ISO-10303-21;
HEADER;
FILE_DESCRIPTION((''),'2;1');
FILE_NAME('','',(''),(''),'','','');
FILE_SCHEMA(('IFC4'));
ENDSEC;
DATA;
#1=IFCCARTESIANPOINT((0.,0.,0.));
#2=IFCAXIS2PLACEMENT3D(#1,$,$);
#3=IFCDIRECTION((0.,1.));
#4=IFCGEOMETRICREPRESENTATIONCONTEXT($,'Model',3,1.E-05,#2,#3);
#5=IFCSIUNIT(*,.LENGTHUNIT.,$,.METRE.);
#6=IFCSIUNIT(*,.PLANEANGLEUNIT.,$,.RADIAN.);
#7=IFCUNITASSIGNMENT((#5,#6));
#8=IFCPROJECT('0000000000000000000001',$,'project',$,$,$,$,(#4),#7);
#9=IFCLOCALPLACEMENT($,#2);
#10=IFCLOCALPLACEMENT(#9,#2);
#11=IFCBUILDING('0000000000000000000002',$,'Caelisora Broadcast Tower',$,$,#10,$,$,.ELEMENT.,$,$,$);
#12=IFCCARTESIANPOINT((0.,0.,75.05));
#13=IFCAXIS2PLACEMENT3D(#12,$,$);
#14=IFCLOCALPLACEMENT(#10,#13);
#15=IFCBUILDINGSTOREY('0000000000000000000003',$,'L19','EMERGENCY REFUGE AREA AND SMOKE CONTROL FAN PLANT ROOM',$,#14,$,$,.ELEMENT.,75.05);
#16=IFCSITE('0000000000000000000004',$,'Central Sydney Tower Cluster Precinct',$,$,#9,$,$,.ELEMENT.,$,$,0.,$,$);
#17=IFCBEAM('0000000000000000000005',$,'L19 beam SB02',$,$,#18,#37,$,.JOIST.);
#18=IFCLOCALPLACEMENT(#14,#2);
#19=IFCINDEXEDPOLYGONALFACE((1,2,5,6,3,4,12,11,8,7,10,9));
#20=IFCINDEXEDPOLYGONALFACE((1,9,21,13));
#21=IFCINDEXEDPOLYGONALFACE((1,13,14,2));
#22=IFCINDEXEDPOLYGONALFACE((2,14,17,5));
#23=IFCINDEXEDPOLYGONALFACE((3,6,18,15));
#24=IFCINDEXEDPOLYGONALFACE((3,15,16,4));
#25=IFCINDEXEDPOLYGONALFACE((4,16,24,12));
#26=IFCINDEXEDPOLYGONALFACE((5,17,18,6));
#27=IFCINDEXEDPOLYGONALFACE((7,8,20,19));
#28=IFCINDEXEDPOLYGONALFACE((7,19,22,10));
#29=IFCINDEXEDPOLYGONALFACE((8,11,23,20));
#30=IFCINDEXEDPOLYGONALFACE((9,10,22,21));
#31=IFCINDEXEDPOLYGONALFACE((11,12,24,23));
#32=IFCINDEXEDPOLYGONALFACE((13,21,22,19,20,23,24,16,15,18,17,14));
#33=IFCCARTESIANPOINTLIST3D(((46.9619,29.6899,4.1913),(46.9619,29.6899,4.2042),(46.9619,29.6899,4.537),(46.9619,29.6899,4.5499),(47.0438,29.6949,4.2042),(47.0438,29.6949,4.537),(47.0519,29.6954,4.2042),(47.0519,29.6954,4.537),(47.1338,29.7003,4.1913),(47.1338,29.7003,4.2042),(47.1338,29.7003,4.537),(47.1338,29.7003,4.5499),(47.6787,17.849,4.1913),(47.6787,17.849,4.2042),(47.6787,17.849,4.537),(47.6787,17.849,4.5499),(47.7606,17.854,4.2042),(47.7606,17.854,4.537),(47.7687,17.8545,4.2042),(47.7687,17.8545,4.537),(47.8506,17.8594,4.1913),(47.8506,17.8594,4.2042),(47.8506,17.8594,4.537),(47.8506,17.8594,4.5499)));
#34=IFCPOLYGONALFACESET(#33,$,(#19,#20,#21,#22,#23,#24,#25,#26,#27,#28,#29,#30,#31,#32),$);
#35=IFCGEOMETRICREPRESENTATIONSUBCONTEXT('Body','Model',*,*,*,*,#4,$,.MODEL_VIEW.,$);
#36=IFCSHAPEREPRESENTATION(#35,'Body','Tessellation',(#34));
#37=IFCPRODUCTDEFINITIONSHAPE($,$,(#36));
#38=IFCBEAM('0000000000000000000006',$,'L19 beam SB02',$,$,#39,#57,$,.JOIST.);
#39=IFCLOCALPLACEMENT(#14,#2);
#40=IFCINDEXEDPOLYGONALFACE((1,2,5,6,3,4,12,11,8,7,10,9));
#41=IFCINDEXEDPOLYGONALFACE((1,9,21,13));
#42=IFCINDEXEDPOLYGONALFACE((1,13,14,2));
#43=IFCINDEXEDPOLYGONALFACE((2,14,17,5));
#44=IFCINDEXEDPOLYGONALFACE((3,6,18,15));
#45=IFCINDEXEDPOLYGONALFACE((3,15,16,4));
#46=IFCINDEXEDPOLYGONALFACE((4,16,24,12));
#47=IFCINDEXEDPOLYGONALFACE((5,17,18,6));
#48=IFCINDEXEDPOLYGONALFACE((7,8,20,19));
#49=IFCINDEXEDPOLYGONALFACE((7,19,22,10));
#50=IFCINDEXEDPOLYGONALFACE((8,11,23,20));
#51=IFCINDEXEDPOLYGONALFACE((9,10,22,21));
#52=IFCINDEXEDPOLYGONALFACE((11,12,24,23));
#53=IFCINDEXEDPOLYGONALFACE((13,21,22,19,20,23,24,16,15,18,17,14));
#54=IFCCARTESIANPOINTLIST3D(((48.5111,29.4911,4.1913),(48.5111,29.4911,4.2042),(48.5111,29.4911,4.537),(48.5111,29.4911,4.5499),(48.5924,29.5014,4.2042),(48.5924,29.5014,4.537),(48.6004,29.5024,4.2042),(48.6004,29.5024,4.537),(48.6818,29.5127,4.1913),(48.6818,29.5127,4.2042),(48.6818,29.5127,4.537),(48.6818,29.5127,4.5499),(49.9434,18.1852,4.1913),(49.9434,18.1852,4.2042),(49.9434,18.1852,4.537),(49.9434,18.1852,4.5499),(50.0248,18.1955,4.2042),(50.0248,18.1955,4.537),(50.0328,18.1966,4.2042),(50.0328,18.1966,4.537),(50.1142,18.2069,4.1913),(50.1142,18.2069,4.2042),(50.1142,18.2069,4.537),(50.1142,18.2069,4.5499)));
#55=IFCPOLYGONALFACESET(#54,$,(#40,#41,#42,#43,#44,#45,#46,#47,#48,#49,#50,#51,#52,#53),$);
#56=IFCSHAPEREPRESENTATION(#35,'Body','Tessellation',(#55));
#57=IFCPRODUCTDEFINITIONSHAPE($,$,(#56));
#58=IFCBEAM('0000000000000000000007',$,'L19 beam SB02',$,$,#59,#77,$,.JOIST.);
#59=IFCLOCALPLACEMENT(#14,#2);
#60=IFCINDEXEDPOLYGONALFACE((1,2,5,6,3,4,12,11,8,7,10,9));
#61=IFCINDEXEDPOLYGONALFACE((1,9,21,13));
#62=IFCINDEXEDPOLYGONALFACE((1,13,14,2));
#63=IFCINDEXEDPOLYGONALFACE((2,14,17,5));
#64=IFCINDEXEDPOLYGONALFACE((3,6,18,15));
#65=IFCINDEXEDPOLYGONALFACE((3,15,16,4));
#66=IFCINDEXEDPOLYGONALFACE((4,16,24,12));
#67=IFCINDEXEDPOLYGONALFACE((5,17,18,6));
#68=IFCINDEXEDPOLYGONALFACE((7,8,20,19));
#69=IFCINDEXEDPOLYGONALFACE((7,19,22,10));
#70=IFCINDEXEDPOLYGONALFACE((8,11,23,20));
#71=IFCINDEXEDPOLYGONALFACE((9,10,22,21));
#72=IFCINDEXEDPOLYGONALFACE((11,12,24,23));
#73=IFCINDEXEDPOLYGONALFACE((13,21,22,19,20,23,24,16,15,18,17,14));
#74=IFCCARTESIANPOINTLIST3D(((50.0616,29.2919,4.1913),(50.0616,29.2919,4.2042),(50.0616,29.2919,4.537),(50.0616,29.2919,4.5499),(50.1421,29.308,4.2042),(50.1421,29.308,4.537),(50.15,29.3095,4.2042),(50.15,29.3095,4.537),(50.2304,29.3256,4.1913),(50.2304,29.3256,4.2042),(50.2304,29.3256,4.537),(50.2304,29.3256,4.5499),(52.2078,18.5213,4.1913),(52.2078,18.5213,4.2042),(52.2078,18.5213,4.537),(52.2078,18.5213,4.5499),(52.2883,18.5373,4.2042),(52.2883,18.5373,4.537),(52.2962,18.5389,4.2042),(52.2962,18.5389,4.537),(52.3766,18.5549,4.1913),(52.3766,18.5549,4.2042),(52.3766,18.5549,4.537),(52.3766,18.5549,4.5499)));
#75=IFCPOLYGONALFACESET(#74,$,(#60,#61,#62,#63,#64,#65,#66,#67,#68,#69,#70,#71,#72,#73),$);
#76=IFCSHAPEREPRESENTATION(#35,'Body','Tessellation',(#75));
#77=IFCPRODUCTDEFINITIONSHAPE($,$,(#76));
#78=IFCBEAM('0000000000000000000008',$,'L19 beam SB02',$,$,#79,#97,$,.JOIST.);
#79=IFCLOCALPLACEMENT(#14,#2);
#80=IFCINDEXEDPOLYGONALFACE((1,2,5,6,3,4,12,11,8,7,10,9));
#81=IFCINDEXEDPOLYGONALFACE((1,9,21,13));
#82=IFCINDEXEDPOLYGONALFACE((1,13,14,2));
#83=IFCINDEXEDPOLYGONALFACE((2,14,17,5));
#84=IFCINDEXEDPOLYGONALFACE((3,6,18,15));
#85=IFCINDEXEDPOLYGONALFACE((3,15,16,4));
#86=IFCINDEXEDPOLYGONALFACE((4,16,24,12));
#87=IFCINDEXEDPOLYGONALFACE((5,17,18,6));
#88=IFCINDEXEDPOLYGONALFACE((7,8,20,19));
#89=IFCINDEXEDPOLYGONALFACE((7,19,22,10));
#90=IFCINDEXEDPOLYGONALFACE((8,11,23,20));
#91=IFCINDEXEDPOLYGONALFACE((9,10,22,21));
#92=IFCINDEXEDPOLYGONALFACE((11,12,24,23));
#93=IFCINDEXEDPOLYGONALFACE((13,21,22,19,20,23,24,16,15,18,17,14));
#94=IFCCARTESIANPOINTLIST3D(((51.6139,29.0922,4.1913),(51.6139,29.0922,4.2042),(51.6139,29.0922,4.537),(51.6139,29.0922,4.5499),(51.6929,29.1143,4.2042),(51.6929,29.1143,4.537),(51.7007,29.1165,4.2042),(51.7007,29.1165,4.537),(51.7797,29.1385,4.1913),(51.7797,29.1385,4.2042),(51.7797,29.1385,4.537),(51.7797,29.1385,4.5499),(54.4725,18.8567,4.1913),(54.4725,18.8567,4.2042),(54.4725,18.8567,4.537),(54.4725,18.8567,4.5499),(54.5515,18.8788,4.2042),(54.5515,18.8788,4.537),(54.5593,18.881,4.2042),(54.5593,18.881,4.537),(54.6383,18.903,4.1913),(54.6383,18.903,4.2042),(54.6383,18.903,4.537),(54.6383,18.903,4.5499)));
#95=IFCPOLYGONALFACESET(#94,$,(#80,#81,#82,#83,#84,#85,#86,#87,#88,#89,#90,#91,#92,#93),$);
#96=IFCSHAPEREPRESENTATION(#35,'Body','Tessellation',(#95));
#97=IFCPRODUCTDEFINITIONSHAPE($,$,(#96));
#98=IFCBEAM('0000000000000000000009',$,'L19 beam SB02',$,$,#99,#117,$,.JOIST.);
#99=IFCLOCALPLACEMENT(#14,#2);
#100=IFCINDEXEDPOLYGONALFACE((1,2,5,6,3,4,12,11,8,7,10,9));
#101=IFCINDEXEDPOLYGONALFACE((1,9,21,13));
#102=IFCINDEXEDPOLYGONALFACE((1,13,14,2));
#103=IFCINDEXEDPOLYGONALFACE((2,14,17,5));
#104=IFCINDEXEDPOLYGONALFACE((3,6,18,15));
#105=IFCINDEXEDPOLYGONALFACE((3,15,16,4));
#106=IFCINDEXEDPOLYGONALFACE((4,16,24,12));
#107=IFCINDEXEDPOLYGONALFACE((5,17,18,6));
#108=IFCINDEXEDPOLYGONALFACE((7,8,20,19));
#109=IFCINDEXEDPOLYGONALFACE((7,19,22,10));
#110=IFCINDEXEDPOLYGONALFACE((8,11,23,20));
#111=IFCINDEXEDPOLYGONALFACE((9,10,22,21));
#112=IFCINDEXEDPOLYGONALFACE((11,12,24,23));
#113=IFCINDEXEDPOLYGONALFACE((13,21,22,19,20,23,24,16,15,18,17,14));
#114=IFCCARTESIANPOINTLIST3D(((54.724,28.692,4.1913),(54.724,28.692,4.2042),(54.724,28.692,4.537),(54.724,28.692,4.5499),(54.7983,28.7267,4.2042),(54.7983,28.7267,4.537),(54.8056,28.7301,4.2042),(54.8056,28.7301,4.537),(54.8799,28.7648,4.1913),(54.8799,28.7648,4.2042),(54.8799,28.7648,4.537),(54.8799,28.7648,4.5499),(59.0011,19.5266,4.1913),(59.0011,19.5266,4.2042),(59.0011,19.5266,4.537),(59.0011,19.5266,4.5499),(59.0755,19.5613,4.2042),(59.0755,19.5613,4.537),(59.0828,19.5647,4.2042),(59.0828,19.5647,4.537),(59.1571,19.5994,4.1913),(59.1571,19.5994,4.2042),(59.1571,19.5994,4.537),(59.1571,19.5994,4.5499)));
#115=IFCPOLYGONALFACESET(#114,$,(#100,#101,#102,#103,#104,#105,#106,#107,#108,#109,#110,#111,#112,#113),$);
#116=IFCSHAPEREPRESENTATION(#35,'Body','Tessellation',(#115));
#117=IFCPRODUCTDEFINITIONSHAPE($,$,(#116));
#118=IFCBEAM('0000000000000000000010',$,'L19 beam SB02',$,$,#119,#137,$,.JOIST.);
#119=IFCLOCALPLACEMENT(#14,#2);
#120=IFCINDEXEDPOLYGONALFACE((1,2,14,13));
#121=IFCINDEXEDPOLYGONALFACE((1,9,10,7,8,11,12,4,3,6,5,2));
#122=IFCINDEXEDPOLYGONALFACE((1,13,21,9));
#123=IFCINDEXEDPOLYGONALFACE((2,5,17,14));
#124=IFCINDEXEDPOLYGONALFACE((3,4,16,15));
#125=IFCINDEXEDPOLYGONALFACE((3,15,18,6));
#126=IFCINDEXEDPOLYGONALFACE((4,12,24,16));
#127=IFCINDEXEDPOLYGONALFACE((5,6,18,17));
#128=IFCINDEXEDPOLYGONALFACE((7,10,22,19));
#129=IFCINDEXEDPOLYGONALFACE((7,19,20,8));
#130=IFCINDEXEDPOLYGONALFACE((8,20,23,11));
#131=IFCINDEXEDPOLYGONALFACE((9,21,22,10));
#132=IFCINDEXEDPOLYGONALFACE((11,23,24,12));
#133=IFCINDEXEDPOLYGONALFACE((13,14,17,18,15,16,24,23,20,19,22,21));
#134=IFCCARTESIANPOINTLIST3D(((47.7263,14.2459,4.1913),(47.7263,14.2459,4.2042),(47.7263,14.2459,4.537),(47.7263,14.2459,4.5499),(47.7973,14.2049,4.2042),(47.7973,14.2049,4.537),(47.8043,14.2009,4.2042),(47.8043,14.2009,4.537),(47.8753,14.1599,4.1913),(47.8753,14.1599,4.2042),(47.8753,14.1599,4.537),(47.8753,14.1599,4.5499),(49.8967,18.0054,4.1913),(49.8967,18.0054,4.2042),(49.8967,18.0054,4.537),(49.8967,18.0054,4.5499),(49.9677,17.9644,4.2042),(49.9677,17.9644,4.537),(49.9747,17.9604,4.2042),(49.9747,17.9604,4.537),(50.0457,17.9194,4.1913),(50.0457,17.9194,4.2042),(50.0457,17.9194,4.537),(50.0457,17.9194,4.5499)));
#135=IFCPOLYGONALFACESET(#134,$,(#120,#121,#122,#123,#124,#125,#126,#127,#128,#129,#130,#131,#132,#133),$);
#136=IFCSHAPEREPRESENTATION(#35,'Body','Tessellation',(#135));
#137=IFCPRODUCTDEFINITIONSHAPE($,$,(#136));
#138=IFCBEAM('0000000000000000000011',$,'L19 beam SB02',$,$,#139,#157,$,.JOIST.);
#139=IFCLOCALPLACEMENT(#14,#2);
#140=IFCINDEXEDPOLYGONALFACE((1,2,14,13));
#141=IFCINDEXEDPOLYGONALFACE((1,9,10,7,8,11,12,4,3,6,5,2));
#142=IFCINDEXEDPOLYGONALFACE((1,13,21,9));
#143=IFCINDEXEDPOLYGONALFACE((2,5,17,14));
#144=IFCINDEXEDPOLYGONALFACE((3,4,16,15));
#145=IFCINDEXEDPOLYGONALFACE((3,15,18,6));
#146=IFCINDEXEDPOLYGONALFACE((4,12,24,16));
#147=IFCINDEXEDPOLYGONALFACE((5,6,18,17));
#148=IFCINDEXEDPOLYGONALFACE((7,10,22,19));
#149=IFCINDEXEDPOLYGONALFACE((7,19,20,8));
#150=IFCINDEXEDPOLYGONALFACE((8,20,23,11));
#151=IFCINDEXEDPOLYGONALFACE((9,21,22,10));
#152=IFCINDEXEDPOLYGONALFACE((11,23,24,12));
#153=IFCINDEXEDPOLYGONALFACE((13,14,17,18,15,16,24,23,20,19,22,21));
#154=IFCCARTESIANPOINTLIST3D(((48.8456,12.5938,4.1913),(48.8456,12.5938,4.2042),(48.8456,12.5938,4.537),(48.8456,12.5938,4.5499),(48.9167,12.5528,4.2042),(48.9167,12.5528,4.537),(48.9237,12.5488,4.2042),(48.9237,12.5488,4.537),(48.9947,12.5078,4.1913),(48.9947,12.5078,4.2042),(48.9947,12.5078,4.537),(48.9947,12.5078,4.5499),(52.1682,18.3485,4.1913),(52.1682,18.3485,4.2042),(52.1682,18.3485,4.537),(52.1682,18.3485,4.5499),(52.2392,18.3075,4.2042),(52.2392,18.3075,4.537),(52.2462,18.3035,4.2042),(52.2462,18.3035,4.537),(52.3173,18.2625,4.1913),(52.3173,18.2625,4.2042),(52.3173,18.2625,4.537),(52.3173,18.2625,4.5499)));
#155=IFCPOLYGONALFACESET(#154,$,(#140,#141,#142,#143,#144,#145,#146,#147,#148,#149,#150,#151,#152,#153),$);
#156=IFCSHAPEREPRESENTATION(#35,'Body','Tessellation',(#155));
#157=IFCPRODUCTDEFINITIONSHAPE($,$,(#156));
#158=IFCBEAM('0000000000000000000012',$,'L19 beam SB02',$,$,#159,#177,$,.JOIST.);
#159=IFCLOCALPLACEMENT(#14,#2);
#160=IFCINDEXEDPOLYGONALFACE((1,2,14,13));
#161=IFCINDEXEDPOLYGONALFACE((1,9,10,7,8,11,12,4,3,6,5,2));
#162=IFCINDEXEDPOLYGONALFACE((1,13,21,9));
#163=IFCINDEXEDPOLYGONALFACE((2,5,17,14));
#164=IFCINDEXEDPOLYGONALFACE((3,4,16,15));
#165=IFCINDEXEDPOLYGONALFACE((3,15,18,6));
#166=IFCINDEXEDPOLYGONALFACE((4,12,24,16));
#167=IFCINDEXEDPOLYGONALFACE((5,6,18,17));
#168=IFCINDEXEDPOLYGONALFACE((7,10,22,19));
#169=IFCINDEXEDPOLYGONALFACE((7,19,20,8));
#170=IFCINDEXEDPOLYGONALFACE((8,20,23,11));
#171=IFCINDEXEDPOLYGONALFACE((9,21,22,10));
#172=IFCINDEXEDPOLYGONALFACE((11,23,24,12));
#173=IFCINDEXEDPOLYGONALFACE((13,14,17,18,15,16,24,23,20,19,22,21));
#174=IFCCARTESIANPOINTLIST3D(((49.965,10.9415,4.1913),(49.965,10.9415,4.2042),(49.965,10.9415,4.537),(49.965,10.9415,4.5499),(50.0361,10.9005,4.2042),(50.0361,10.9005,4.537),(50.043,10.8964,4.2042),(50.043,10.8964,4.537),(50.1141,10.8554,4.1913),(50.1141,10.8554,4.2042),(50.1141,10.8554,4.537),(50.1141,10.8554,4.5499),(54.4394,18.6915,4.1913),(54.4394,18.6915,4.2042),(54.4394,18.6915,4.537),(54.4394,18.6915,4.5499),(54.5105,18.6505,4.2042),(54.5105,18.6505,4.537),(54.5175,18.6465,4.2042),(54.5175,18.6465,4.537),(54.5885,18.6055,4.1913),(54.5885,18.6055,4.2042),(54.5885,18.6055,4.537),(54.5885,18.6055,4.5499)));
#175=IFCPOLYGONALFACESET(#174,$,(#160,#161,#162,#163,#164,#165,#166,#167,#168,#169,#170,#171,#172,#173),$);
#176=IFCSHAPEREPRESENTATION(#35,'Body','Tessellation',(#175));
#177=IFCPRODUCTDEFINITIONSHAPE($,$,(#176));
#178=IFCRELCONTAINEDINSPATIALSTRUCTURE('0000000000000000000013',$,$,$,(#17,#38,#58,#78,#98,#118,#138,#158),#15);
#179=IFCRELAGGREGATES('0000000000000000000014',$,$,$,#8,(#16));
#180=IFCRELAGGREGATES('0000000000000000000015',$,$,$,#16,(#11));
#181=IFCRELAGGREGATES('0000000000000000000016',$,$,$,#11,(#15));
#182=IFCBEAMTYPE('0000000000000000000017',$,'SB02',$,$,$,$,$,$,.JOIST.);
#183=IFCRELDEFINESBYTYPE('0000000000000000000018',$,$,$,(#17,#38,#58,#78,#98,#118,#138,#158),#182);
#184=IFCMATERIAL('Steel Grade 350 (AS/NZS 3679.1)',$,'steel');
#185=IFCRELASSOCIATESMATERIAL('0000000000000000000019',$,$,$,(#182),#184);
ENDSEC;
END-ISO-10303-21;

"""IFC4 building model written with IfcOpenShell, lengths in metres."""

from ifc_helpers import new_model, si_unit, direction, frame, origin, origin_2d, place, context, subcontext, project, spatial, i_section, extrude, source, transform, mapped, material, material_profile, profile_set, type_object, element, save


model = new_model("IFC4")

# Units and contexts
model_context = context("Model", 3, precision=1e-05, world=origin(), true_north=direction((0.0, 1.0)))
body_context = subcontext(model_context, "Body", "Model", "MODEL_VIEW")
ifc_project = project(units=[si_unit("LENGTHUNIT", "METRE"), si_unit("PLANEANGLEUNIT", "RADIAN")], contexts=[model_context])

# Site, building, storey
site_placement = place(None, origin())
site = spatial("IfcSite", under=ifc_project, at=site_placement, Name="Central Sydney Tower Cluster Precinct", CompositionType="ELEMENT", RefElevation=0.0)
building_placement = place(site_placement, origin())
building = spatial("IfcBuilding", under=site, at=building_placement, Name="Caelisora Broadcast Tower", CompositionType="ELEMENT")
storey_placement = place(building_placement, frame((0.0, 0.0, 75.05)))
storey = spatial("IfcBuildingStorey", under=building, at=storey_placement, Name="L19", Description="EMERGENCY REFUGE AREA AND SMOKE CONTROL FAN PLANT ROOM", CompositionType="ELEMENT", Elevation=75.05)

# Beams
ifc_material_1 = material(Name="Steel Grade 350 (AS/NZS 3679.1)", Category="steel")
ifc_material_profile_1 = material_profile(ifc_material_1, i_section(OverallWidth=0.1721, OverallDepth=0.3586, WebThickness=0.0081, FlangeThickness=0.0129, at=origin_2d()), Name="Steel Grade 350 (AS/NZS 3679.1)")
ifc_profile_set_1 = profile_set([ifc_material_profile_1], Name="Steel Grade 350 (AS/NZS 3679.1)")
beam_type_1 = type_object("IfcBeamType", Name="SB02", PredefinedType="JOIST", material=ifc_profile_set_1)
shared_shape_1 = source(origin(), body_context, "Body", "SweptSolid", [
    extrude(i_section(OverallWidth=0.1721, OverallDepth=0.3586, WebThickness=0.0081, FlangeThickness=0.0129, at=origin_2d()), origin(), (0.0, 0.0, 1.0), 11.8625),
])
beam_1_placement = place(storey_placement, frame((47.7646, 17.8542, 4.3706), z_axis=(-0.060425, 0.998173, 0.0), x_axis=(-0.998173, -0.060425, 0.0)))
element("IfcBeam", 1, at=beam_1_placement, inside=storey, type_object=beam_type_1, Name="L19 beam SB02", PredefinedType="JOIST", context=body_context, shape_type="MappedRepresentation", body=[
    mapped(shared_shape_1, transform((0.0, 0.0, 0.0), scale=1.0)),
])
shared_shape_2 = source(origin(), body_context, "Body", "SweptSolid", [
    extrude(i_section(OverallWidth=0.1721, OverallDepth=0.3586, WebThickness=0.0081, FlangeThickness=0.0129, at=origin_2d()), origin(), (0.0, 0.0, 1.0), 11.3962),
])
beam_2_placement = place(storey_placement, frame((50.0288, 18.196, 4.3706), z_axis=(-0.125688, 0.99207, 0.0), x_axis=(-0.99207, -0.125688, 0.0)))
element("IfcBeam", 2, at=beam_2_placement, inside=storey, type_object=beam_type_1, Name="L19 beam SB02", PredefinedType="JOIST", context=body_context, shape_type="MappedRepresentation", body=[
    mapped(shared_shape_2, transform((0.0, 0.0, 0.0), scale=1.0)),
])
shared_shape_3 = source(origin(), body_context, "Body", "SweptSolid", [
    extrude(i_section(OverallWidth=0.1721, OverallDepth=0.3586, WebThickness=0.0081, FlangeThickness=0.0129, at=origin_2d()), origin(), (0.0, 0.0, 1.0), 10.9824),
])
beam_3_placement = place(storey_placement, frame((52.2922, 18.5381, 4.3706), z_axis=(-0.195424, 0.980719, 0.0), x_axis=(-0.980719, -0.195424, 0.0)))
element("IfcBeam", 3, at=beam_3_placement, inside=storey, type_object=beam_type_1, Name="L19 beam SB02", PredefinedType="JOIST", context=body_context, shape_type="MappedRepresentation", body=[
    mapped(shared_shape_3, transform((0.0, 0.0, 0.0), scale=1.0)),
])
shared_shape_4 = source(origin(), body_context, "Body", "SweptSolid", [
    extrude(i_section(OverallWidth=0.1721, OverallDepth=0.3586, WebThickness=0.0081, FlangeThickness=0.0129, at=origin_2d()), origin(), (0.0, 0.0, 1.0), 10.6272),
])
beam_4_placement = place(storey_placement, frame((54.5554, 18.8799, 4.3706), z_axis=(-0.268991, 0.963143, 0.0), x_axis=(-0.963143, -0.268991, 0.0)))
element("IfcBeam", 4, at=beam_4_placement, inside=storey, type_object=beam_type_1, Name="L19 beam SB02", PredefinedType="JOIST", context=body_context, shape_type="MappedRepresentation", body=[
    mapped(shared_shape_4, transform((0.0, 0.0, 0.0), scale=1.0)),
])
shared_shape_5 = source(origin(), body_context, "Body", "SweptSolid", [
    extrude(i_section(OverallWidth=0.1721, OverallDepth=0.3586, WebThickness=0.0081, FlangeThickness=0.0129, at=origin_2d()), origin(), (0.0, 0.0, 1.0), 10.1143),
])
beam_5_placement = place(storey_placement, frame((59.0791, 19.563, 4.3706), z_axis=(-0.422883, 0.906184, 0.0), x_axis=(-0.906184, -0.422883, 0.0)))
element("IfcBeam", 5, at=beam_5_placement, inside=storey, type_object=beam_type_1, Name="L19 beam SB02", PredefinedType="JOIST", context=body_context, shape_type="MappedRepresentation", body=[
    mapped(shared_shape_5, transform((0.0, 0.0, 0.0), scale=1.0)),
])
shared_shape_6 = source(origin(), body_context, "Body", "SweptSolid", [
    extrude(i_section(OverallWidth=0.1721, OverallDepth=0.3586, WebThickness=0.0081, FlangeThickness=0.0129, at=origin_2d()), origin(), (0.0, 0.0, 1.0), 4.3411),
])
beam_6_placement = place(storey_placement, frame((47.8008, 14.2029, 4.3706), z_axis=(0.499974, 0.86604, 0.0), x_axis=(-0.86604, 0.499974, 0.0)))
element("IfcBeam", 6, at=beam_6_placement, inside=storey, type_object=beam_type_1, Name="L19 beam SB02", PredefinedType="JOIST", context=body_context, shape_type="MappedRepresentation", body=[
    mapped(shared_shape_6, transform((0.0, 0.0, 0.0), scale=1.0)),
])
shared_shape_7 = source(origin(), body_context, "Body", "SweptSolid", [
    extrude(i_section(OverallWidth=0.1721, OverallDepth=0.3586, WebThickness=0.0081, FlangeThickness=0.0129, at=origin_2d()), origin(), (0.0, 0.0, 1.0), 6.645),
])
beam_7_placement = place(storey_placement, frame((48.9202, 12.5508, 4.3706), z_axis=(0.500008, 0.866021, 0.0), x_axis=(-0.866021, 0.500008, 0.0)))
element("IfcBeam", 7, at=beam_7_placement, inside=storey, type_object=beam_type_1, Name="L19 beam SB02", PredefinedType="JOIST", context=body_context, shape_type="MappedRepresentation", body=[
    mapped(shared_shape_7, transform((0.0, 0.0, 0.0), scale=1.0)),
])
shared_shape_8 = source(origin(), body_context, "Body", "SweptSolid", [
    extrude(i_section(OverallWidth=0.1721, OverallDepth=0.3586, WebThickness=0.0081, FlangeThickness=0.0129, at=origin_2d()), origin(), (0.0, 0.0, 1.0), 8.949),
])
beam_8_placement = place(storey_placement, frame((50.0396, 10.8984, 4.3706), z_axis=(0.499992, 0.86603, 0.0), x_axis=(-0.86603, 0.499992, 0.0)))
element("IfcBeam", 8, at=beam_8_placement, inside=storey, type_object=beam_type_1, Name="L19 beam SB02", PredefinedType="JOIST", context=body_context, shape_type="MappedRepresentation", body=[
    mapped(shared_shape_8, transform((0.0, 0.0, 0.0), scale=1.0)),
])

save(model, "model.ifc")
